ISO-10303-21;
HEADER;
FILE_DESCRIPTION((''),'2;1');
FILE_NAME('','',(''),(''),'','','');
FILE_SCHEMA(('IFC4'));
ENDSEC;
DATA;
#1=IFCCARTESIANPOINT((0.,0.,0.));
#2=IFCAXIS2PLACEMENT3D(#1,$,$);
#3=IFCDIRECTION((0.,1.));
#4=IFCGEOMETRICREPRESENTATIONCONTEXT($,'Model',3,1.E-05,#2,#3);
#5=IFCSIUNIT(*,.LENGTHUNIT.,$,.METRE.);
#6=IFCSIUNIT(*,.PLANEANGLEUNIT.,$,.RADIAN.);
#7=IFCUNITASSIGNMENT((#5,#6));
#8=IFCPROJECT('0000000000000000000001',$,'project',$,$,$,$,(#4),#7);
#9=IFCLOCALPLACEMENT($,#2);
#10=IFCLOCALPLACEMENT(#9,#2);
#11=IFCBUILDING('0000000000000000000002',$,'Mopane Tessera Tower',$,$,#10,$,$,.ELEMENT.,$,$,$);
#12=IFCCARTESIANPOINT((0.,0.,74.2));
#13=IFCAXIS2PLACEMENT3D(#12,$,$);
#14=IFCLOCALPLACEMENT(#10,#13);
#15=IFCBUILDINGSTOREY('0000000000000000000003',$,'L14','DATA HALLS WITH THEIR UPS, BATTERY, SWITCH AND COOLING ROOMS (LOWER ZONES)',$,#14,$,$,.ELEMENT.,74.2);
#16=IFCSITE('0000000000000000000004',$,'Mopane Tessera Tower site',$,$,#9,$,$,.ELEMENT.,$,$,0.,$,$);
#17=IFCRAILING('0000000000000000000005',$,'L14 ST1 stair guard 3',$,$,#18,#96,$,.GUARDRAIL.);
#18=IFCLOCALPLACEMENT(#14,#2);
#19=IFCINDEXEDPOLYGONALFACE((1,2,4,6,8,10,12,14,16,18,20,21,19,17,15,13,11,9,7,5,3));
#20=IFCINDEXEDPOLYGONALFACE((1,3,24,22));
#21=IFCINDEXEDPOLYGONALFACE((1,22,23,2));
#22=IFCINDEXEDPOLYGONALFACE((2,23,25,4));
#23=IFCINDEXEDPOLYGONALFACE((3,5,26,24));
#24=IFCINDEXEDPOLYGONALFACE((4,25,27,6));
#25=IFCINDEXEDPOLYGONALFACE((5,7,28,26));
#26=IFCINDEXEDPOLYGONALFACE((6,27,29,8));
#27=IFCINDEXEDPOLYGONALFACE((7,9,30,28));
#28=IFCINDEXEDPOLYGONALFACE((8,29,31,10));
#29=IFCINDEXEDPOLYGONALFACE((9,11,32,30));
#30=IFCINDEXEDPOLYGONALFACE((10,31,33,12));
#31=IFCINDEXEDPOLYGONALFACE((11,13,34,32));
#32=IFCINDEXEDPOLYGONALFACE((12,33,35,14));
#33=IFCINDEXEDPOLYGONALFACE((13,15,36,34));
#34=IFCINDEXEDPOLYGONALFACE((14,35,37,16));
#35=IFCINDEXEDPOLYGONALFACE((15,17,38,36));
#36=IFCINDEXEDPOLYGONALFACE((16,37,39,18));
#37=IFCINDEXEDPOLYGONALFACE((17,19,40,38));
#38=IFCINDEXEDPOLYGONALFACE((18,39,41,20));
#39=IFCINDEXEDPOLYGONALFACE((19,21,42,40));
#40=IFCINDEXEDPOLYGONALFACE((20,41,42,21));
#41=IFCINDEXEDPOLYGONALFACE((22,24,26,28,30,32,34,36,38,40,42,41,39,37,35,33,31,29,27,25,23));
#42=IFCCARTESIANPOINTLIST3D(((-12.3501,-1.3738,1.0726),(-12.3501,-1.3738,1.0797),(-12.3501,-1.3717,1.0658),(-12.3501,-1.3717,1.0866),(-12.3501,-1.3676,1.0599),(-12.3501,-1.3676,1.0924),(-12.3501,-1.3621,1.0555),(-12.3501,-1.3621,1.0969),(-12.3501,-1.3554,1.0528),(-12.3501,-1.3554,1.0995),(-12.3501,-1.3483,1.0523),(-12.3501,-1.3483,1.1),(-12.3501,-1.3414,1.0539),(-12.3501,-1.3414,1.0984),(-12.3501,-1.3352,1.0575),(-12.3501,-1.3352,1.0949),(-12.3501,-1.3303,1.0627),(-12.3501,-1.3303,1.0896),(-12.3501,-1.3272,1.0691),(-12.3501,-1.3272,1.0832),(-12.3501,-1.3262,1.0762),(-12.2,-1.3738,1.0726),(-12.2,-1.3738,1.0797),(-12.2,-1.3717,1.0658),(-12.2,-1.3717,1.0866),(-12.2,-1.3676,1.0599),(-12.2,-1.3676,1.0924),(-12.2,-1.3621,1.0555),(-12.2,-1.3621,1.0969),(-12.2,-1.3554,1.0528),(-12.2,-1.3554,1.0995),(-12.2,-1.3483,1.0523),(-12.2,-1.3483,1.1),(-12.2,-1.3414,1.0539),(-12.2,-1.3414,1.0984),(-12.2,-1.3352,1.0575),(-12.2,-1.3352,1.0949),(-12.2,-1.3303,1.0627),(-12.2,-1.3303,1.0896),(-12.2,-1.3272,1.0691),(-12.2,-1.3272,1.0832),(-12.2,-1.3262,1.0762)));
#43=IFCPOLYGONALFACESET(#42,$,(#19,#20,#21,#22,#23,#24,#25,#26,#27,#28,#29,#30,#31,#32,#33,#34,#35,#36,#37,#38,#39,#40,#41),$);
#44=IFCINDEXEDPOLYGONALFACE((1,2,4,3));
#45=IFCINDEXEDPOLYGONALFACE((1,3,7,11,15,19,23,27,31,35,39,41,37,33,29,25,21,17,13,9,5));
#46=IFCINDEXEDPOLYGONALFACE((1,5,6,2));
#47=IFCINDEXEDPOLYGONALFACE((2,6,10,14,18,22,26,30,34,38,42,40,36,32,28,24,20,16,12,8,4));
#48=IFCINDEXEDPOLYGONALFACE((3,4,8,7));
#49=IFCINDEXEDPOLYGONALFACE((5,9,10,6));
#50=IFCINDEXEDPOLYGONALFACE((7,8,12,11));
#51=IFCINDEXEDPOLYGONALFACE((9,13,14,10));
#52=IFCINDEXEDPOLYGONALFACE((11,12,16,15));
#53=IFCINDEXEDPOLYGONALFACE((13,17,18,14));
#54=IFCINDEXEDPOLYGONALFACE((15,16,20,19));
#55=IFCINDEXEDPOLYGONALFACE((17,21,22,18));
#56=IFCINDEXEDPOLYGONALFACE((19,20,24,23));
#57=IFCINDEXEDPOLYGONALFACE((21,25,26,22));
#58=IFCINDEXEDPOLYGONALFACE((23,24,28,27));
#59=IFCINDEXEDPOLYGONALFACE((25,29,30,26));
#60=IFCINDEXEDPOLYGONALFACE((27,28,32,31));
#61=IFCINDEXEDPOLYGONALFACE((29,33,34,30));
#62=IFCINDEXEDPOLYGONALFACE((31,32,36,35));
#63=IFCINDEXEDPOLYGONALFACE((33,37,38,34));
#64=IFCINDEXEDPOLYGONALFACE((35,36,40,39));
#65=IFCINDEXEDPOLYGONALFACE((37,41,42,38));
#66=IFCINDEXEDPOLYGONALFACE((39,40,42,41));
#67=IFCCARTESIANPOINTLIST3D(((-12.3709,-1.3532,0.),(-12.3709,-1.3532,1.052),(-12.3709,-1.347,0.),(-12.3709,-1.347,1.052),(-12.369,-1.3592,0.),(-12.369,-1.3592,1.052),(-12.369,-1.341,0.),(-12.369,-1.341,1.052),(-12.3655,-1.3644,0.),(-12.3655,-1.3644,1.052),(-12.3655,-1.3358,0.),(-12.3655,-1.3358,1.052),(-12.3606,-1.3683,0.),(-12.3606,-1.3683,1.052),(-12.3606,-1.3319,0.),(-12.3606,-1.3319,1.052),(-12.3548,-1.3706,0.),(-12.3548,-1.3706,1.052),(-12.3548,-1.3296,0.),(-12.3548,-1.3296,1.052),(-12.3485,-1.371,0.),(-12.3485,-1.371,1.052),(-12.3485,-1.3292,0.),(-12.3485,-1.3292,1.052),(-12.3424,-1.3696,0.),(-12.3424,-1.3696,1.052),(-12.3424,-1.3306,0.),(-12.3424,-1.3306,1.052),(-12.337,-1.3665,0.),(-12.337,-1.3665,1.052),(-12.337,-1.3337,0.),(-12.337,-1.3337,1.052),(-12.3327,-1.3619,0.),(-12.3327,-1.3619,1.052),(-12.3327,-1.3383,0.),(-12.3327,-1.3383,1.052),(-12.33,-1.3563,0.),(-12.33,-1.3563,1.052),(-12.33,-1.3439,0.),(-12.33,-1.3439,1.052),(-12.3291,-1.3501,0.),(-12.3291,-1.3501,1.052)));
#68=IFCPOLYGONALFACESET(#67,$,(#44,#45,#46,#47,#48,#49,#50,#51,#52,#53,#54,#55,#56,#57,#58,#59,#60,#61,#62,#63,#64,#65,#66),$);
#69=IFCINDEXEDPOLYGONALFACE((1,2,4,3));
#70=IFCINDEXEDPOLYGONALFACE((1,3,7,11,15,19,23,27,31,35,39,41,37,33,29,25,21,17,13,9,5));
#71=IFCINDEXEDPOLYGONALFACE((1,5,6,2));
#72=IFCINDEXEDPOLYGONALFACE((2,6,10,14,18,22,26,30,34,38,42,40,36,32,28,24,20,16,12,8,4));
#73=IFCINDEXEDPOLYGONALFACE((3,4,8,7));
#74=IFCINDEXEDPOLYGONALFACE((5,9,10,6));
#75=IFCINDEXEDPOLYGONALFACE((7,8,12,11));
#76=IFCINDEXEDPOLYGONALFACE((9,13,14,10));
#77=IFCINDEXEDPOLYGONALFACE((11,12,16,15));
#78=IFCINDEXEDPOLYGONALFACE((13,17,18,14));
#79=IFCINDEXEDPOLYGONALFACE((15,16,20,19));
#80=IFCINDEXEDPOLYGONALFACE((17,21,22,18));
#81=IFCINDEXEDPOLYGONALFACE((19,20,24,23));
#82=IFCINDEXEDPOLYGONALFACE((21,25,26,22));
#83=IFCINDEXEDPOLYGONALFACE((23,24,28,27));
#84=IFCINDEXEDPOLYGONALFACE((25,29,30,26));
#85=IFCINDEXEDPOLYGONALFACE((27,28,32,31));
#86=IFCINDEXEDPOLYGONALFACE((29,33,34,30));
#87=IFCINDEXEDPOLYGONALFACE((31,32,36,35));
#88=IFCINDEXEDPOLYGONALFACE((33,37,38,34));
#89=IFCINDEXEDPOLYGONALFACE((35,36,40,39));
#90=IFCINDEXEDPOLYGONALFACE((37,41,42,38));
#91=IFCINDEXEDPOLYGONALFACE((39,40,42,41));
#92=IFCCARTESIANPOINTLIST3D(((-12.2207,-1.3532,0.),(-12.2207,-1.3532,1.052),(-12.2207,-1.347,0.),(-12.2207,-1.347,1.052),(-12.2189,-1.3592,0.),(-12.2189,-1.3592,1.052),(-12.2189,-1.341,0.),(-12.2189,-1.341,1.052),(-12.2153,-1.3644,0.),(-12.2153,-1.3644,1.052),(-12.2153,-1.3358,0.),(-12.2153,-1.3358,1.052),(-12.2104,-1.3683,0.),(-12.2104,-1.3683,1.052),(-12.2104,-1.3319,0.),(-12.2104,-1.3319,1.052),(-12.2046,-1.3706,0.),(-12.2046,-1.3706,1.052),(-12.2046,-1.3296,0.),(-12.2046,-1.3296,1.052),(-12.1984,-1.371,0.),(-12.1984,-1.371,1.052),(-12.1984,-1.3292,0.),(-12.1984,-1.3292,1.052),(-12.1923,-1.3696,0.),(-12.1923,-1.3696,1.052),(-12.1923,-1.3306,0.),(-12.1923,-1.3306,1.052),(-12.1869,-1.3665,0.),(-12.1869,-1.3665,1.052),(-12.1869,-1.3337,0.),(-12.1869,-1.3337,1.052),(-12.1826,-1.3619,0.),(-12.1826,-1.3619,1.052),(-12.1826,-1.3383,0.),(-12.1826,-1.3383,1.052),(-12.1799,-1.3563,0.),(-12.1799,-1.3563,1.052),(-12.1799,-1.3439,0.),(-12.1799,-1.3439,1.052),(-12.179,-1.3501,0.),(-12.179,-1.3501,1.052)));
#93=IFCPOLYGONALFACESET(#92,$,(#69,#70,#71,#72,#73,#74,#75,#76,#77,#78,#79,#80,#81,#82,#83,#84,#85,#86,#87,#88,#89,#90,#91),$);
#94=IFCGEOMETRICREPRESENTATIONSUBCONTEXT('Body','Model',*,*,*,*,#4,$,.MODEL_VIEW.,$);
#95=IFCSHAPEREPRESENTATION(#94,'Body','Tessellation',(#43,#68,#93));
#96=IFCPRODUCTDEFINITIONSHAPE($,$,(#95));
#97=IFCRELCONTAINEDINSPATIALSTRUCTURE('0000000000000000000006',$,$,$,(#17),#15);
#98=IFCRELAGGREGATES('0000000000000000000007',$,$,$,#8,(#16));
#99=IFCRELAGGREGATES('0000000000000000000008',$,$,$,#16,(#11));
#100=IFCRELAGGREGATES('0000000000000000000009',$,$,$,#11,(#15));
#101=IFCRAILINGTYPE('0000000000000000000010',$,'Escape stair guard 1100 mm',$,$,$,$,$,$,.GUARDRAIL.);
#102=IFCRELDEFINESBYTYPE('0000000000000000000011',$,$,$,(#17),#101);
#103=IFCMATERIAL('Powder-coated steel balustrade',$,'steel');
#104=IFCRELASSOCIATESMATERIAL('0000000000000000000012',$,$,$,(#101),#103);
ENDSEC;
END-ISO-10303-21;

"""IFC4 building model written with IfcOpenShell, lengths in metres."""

from ifc_helpers import new_model, si_unit, direction, frame, origin, origin_2d, place, context, subcontext, project, spatial, circle, extrude, material, type_object, element, save


model = new_model("IFC4")

# Units and contexts
model_context = context("Model", 3, precision=1e-05, world=origin(), true_north=direction((0.0, 1.0)))
body_context = subcontext(model_context, "Body", "Model", "MODEL_VIEW")
ifc_project = project(units=[si_unit("LENGTHUNIT", "METRE"), si_unit("PLANEANGLEUNIT", "RADIAN")], contexts=[model_context])

# Site, building, storey
site_placement = place(None, origin())
site = spatial("IfcSite", under=ifc_project, at=site_placement, Name="Mopane Tessera Tower site", CompositionType="ELEMENT", RefElevation=0.0)
building_placement = place(site_placement, origin())
building = spatial("IfcBuilding", under=site, at=building_placement, Name="Mopane Tessera Tower", CompositionType="ELEMENT")
storey_placement = place(building_placement, frame((0.0, 0.0, 74.2)))
storey = spatial("IfcBuildingStorey", under=building, at=storey_placement, Name="L14", Description="DATA HALLS WITH THEIR UPS, BATTERY, SWITCH AND COOLING ROOMS (LOWER ZONES)", CompositionType="ELEMENT", Elevation=74.2)

# Railing
ifc_material_1 = material(Name="Powder-coated steel balustrade", Category="steel")
railing_type_1 = type_object("IfcRailingType", Name="Escape stair guard 1100 mm", PredefinedType="GUARDRAIL", material=ifc_material_1)
railing_1_placement = place(storey_placement, frame((-12.3501, -1.3501, 0.0)))
element("IfcRailing", 1, at=railing_1_placement, inside=storey, type_object=railing_type_1, Name="L14 ST1 stair guard 3", PredefinedType="GUARDRAIL", context=body_context, shape_type="SweptSolid", body=[
    extrude(circle(Radius=0.0239, at=origin_2d()), frame((0.0, 0.0, 1.0762), z_axis=(1.0, 0.0, 0.0), x_axis=(0.0, 1.0, 0.0)), (0.0, 0.0, 1.0), 0.1501),
    extrude(circle(Radius=0.021, at=origin_2d()), origin(), (0.0, 0.0, 1.0), 1.052),
    extrude(circle(Radius=0.021, at=origin_2d()), frame((0.1501, 0.0, 0.0)), (0.0, 0.0, 1.0), 1.052),
])

save(model, "model.ifc")
